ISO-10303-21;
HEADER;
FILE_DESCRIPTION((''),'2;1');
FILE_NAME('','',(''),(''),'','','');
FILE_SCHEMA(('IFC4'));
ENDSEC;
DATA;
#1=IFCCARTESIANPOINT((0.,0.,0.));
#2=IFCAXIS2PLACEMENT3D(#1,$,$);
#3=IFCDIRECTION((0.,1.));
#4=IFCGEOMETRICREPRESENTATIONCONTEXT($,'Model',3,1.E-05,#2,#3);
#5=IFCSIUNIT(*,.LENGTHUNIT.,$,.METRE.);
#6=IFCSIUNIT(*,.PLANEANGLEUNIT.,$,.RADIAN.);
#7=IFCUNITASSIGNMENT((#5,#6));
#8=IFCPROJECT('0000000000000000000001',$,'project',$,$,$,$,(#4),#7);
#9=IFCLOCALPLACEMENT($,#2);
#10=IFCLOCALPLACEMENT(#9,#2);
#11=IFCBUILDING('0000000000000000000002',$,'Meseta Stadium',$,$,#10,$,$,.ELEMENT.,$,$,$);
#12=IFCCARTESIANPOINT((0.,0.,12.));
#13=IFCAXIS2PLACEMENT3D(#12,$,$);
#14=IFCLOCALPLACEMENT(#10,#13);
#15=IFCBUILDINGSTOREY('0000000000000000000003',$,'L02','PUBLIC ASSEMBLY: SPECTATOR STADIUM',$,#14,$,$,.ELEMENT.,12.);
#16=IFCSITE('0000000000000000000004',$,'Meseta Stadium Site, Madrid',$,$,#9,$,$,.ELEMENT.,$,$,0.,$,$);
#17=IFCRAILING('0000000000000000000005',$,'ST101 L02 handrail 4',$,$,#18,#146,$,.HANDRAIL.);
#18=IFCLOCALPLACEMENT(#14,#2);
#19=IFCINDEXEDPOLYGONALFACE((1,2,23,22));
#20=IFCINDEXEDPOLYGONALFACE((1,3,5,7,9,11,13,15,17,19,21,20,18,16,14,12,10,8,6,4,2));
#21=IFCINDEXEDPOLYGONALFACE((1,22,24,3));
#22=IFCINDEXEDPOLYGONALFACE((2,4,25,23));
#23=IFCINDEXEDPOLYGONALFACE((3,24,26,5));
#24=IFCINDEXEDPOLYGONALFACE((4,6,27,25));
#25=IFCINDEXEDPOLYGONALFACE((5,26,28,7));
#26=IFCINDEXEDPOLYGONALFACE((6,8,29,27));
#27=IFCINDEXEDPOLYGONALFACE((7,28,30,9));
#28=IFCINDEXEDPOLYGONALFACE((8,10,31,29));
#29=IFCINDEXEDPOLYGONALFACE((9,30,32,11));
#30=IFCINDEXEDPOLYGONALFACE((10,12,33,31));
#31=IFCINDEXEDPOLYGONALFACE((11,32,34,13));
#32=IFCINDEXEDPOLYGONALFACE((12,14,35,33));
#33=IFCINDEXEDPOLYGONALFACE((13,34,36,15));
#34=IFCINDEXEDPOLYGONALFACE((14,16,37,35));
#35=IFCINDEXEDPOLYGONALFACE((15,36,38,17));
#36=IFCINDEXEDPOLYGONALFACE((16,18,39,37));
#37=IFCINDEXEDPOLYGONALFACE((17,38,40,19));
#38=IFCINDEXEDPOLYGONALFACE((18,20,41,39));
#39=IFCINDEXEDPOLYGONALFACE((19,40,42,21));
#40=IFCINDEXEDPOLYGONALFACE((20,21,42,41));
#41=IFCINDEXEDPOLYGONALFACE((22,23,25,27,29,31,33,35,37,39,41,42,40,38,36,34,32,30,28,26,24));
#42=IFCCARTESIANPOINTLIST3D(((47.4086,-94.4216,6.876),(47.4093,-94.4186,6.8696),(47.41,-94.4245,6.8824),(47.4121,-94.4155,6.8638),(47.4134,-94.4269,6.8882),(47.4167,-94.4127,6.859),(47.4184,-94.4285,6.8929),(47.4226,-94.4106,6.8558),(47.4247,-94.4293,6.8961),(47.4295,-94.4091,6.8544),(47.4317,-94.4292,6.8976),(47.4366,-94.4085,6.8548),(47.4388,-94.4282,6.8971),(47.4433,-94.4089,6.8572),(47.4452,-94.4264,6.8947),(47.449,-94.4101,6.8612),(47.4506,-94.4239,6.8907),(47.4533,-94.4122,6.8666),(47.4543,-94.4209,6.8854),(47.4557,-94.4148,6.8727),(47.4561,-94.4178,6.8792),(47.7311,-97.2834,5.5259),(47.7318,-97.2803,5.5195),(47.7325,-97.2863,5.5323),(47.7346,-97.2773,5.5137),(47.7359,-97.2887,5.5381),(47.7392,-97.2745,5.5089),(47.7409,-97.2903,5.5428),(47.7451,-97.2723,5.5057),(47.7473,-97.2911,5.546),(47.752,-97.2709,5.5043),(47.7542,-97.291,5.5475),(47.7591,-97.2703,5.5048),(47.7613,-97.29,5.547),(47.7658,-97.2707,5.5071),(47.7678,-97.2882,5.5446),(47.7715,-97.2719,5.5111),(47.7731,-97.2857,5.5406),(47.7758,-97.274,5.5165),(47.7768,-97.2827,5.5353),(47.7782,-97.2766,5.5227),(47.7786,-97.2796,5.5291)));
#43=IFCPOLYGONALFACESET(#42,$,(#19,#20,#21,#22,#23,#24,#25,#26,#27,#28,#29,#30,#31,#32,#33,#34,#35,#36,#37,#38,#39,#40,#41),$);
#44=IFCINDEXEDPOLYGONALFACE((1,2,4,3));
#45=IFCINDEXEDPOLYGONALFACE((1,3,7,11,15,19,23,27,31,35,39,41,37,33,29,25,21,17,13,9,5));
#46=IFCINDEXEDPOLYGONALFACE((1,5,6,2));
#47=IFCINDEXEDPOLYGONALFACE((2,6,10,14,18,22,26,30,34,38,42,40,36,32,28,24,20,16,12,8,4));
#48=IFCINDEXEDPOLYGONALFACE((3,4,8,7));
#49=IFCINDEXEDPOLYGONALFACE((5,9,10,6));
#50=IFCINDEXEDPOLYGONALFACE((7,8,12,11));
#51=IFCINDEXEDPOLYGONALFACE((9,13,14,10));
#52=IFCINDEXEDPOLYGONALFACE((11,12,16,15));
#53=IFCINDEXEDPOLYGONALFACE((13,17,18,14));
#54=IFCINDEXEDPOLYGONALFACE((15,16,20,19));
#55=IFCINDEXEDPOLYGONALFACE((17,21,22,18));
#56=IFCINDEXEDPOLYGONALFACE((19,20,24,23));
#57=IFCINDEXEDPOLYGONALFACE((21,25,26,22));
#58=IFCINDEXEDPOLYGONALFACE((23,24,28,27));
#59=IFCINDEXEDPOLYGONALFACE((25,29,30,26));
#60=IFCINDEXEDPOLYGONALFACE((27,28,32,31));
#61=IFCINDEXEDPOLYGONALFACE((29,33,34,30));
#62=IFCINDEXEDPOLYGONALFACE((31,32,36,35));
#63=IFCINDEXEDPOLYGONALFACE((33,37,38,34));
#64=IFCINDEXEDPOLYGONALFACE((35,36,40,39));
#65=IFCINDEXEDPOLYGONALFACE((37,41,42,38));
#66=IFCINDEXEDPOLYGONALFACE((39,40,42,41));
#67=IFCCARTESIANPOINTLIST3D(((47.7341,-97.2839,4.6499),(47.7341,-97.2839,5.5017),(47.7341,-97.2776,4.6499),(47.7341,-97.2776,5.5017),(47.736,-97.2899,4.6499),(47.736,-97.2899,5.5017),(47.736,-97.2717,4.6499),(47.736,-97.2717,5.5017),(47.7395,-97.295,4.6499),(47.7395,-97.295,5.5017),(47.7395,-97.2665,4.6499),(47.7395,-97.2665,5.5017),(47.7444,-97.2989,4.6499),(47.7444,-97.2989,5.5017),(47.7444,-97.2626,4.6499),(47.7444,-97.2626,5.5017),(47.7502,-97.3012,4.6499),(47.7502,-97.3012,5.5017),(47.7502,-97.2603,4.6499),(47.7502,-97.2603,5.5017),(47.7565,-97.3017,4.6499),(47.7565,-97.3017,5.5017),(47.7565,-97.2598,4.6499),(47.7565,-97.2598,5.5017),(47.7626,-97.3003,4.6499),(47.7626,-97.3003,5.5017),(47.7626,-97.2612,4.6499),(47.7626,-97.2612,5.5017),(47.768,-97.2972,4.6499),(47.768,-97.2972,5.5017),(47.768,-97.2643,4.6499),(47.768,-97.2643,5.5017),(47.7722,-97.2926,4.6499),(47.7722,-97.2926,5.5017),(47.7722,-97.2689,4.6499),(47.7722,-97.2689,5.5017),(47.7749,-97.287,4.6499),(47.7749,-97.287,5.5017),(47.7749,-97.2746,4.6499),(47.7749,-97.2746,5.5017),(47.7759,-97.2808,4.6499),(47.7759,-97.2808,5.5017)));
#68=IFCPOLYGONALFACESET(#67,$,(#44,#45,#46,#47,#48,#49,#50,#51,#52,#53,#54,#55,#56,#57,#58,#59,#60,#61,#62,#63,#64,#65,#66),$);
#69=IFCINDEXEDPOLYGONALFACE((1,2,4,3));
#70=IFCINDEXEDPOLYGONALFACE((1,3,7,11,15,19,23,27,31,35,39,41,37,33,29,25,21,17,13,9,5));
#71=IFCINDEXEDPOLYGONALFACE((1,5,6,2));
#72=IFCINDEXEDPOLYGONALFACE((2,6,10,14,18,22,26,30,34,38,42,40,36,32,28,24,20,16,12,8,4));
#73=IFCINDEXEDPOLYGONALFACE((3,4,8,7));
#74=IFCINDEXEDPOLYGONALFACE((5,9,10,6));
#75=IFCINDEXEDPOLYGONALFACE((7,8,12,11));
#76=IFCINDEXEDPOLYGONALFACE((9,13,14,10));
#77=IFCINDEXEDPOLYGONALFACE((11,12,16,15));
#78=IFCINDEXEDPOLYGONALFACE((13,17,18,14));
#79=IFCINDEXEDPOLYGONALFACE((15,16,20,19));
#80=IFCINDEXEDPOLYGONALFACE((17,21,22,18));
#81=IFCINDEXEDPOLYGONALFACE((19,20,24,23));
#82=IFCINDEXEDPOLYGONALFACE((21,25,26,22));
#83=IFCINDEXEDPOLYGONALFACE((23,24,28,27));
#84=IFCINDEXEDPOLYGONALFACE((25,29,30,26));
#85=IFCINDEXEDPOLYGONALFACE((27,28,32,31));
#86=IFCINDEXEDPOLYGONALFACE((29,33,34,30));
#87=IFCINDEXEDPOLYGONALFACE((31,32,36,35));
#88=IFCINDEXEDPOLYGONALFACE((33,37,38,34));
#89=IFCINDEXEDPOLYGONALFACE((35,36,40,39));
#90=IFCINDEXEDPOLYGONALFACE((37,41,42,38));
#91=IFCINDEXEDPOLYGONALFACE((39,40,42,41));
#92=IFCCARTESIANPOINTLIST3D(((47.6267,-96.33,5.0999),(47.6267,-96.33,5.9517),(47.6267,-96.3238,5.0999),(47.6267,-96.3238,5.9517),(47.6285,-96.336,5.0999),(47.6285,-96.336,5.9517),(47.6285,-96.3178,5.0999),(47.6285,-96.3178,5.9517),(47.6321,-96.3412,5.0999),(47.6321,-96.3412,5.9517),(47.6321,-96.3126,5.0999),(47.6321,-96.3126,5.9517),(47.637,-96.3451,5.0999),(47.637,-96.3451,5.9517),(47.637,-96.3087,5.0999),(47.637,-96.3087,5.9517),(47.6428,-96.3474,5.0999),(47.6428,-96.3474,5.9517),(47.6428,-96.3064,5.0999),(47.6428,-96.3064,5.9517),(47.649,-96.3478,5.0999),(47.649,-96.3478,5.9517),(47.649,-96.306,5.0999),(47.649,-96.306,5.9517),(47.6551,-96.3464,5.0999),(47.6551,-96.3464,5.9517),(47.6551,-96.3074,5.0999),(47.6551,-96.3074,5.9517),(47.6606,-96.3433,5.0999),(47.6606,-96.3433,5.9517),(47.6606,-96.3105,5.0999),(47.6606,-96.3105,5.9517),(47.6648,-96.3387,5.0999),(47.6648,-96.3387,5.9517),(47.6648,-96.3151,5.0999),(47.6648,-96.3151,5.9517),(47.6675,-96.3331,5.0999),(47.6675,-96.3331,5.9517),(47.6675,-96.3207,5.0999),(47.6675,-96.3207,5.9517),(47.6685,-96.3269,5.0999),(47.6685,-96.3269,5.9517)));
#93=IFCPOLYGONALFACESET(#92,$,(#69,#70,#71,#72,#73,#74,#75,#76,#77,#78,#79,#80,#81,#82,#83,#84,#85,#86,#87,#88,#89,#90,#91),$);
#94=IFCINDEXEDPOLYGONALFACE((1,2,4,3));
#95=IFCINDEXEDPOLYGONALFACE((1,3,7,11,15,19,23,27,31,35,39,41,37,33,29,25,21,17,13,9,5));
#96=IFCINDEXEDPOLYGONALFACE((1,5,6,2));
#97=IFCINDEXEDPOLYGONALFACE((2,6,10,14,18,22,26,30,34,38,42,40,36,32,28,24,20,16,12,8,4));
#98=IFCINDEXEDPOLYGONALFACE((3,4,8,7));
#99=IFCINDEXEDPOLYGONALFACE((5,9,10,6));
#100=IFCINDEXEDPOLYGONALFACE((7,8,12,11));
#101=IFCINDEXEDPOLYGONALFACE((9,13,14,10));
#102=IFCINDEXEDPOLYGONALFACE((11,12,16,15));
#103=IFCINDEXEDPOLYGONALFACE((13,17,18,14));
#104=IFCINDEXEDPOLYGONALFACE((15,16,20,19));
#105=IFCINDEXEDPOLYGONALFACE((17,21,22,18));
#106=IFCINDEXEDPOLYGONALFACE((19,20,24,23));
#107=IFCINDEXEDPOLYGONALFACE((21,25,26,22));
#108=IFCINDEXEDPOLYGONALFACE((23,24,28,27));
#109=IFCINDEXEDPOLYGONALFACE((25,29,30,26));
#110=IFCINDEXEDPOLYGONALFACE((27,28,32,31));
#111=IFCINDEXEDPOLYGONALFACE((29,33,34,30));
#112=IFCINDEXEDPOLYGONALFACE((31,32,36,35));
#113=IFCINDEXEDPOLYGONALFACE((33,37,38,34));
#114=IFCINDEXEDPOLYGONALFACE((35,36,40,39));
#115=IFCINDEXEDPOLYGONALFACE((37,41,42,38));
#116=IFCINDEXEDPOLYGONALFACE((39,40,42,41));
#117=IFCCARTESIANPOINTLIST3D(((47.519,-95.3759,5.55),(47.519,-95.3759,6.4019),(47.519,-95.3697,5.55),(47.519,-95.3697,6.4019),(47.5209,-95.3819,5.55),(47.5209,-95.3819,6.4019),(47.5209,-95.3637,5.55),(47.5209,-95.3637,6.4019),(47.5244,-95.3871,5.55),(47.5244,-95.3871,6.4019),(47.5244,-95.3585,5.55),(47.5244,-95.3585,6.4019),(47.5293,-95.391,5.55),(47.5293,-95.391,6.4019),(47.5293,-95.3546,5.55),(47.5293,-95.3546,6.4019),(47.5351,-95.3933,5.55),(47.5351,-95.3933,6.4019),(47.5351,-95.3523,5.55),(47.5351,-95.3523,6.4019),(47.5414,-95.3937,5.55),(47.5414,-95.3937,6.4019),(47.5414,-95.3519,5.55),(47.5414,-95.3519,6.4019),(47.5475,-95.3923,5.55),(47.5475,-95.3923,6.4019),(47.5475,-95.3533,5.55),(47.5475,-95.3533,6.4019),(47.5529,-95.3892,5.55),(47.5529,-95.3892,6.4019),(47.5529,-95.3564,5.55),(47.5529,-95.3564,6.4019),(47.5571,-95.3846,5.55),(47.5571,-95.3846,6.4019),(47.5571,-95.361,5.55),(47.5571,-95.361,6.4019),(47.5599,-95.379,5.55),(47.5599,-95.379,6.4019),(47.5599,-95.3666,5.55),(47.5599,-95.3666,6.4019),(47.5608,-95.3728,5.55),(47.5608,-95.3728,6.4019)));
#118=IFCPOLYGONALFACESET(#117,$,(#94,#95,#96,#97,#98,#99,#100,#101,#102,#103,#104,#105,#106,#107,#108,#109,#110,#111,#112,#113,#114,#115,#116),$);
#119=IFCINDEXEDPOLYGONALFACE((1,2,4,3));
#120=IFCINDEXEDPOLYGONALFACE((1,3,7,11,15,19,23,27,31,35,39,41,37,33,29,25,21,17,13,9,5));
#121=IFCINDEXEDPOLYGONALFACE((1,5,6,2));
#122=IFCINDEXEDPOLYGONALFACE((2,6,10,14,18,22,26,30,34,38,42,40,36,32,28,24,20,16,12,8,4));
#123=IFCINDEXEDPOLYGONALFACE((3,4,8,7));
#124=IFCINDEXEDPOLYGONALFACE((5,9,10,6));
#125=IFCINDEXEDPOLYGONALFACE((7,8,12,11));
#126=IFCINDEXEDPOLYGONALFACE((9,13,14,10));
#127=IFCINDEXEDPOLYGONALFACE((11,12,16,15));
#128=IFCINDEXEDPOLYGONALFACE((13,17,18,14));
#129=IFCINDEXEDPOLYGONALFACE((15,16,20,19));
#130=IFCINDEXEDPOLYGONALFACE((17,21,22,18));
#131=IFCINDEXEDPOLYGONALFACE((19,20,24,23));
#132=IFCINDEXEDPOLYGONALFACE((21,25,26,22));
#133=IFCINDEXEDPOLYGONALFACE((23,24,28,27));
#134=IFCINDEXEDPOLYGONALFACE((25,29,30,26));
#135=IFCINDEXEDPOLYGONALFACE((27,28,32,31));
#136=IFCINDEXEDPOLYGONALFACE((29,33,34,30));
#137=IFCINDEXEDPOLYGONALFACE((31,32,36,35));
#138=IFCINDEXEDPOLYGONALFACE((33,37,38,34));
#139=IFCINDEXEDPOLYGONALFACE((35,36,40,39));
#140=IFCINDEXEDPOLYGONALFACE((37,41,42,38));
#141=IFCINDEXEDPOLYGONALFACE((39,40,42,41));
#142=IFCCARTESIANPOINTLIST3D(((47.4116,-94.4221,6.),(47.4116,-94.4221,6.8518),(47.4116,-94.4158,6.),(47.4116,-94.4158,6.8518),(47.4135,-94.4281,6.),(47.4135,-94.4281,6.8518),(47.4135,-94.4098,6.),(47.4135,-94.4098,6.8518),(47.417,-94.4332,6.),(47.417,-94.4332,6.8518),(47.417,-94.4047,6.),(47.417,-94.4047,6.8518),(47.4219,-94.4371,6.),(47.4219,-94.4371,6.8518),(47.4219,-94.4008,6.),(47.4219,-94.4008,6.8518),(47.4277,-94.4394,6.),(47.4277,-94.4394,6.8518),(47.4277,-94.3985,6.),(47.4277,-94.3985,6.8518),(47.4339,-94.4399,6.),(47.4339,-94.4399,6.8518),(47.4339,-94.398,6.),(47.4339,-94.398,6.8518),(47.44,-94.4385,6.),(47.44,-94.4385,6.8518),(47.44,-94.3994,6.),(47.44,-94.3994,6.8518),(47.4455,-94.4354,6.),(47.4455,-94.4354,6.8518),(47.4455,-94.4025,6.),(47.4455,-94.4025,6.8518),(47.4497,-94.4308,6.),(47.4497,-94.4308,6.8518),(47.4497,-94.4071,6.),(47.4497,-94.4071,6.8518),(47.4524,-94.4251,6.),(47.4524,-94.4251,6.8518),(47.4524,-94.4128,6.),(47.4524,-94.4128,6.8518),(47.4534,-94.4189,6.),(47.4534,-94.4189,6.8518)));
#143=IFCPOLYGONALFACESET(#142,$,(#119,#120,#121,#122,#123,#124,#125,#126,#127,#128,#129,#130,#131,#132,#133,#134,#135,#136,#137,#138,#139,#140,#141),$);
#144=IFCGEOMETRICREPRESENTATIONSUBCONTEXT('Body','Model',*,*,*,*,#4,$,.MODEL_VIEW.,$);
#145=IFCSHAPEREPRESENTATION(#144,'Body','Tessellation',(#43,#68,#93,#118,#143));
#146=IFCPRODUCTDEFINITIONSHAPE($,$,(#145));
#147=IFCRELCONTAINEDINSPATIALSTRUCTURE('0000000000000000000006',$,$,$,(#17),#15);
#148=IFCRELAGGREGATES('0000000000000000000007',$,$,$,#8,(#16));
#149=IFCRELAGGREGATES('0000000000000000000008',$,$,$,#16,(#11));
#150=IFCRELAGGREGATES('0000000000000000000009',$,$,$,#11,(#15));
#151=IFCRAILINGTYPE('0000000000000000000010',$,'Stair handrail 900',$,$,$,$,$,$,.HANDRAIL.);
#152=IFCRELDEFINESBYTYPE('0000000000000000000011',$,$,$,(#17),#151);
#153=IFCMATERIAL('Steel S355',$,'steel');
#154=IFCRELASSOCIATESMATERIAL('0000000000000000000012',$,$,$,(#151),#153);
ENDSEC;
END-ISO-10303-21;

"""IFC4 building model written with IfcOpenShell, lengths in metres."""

from ifc_helpers import new_model, si_unit, direction, frame, origin, origin_2d, place, context, subcontext, project, spatial, circle, extrude, material, type_object, element, save


model = new_model("IFC4")

# Units and contexts
model_context = context("Model", 3, precision=1e-05, world=origin(), true_north=direction((0.0, 1.0)))
body_context = subcontext(model_context, "Body", "Model", "MODEL_VIEW")
ifc_project = project(units=[si_unit("LENGTHUNIT", "METRE"), si_unit("PLANEANGLEUNIT", "RADIAN")], contexts=[model_context])

# Site, building, storey
site_placement = place(None, origin())
site = spatial("IfcSite", under=ifc_project, at=site_placement, Name="Meseta Stadium Site, Madrid", CompositionType="ELEMENT", RefElevation=0.0)
building_placement = place(site_placement, origin())
building = spatial("IfcBuilding", under=site, at=building_placement, Name="Meseta Stadium", CompositionType="ELEMENT")
storey_placement = place(building_placement, frame((0.0, 0.0, 12.0)))
storey = spatial("IfcBuildingStorey", under=building, at=storey_placement, Name="L02", Description="PUBLIC ASSEMBLY: SPECTATOR STADIUM", CompositionType="ELEMENT", Elevation=12.0)

# Railing
ifc_material_1 = material(Name="Steel S355", Category="steel")
railing_type_1 = type_object("IfcRailingType", Name="Stair handrail 900", PredefinedType="HANDRAIL", material=ifc_material_1)
for number, where, name in (
    (1, (47.7549, -97.2808, 4.6499), "ST101 L02 handrail 4"),
):
    element("IfcRailing", number, at=place(storey_placement, frame(where)), inside=storey, type_object=railing_type_1, Name=name, PredefinedType="HANDRAIL", context=body_context, shape_type="SweptSolid", body=[
        extrude(circle(Radius=0.0239, at=origin_2d()), frame((0.0, 0.0, 0.876), z_axis=(-0.101396, 0.899748, 0.424467), x_axis=(-0.99371, -0.111985, 0.0)), (0.0, 0.0, 1.0), 3.1807),
        extrude(circle(Radius=0.021, at=origin_2d()), origin(), (0.0, 0.0, 1.0), 0.8518),
        extrude(circle(Radius=0.021, at=origin_2d()), frame((-0.1074, 0.9539, 0.45)), (0.0, 0.0, 1.0), 0.8518),
        extrude(circle(Radius=0.021, at=origin_2d()), frame((-0.2151, 1.908, 0.9001)), (0.0, 0.0, 1.0), 0.8518),
        extrude(circle(Radius=0.021, at=origin_2d()), frame((-0.3225, 2.8618, 1.3501)), (0.0, 0.0, 1.0), 0.8518),
    ])

save(model, "model.ifc")
